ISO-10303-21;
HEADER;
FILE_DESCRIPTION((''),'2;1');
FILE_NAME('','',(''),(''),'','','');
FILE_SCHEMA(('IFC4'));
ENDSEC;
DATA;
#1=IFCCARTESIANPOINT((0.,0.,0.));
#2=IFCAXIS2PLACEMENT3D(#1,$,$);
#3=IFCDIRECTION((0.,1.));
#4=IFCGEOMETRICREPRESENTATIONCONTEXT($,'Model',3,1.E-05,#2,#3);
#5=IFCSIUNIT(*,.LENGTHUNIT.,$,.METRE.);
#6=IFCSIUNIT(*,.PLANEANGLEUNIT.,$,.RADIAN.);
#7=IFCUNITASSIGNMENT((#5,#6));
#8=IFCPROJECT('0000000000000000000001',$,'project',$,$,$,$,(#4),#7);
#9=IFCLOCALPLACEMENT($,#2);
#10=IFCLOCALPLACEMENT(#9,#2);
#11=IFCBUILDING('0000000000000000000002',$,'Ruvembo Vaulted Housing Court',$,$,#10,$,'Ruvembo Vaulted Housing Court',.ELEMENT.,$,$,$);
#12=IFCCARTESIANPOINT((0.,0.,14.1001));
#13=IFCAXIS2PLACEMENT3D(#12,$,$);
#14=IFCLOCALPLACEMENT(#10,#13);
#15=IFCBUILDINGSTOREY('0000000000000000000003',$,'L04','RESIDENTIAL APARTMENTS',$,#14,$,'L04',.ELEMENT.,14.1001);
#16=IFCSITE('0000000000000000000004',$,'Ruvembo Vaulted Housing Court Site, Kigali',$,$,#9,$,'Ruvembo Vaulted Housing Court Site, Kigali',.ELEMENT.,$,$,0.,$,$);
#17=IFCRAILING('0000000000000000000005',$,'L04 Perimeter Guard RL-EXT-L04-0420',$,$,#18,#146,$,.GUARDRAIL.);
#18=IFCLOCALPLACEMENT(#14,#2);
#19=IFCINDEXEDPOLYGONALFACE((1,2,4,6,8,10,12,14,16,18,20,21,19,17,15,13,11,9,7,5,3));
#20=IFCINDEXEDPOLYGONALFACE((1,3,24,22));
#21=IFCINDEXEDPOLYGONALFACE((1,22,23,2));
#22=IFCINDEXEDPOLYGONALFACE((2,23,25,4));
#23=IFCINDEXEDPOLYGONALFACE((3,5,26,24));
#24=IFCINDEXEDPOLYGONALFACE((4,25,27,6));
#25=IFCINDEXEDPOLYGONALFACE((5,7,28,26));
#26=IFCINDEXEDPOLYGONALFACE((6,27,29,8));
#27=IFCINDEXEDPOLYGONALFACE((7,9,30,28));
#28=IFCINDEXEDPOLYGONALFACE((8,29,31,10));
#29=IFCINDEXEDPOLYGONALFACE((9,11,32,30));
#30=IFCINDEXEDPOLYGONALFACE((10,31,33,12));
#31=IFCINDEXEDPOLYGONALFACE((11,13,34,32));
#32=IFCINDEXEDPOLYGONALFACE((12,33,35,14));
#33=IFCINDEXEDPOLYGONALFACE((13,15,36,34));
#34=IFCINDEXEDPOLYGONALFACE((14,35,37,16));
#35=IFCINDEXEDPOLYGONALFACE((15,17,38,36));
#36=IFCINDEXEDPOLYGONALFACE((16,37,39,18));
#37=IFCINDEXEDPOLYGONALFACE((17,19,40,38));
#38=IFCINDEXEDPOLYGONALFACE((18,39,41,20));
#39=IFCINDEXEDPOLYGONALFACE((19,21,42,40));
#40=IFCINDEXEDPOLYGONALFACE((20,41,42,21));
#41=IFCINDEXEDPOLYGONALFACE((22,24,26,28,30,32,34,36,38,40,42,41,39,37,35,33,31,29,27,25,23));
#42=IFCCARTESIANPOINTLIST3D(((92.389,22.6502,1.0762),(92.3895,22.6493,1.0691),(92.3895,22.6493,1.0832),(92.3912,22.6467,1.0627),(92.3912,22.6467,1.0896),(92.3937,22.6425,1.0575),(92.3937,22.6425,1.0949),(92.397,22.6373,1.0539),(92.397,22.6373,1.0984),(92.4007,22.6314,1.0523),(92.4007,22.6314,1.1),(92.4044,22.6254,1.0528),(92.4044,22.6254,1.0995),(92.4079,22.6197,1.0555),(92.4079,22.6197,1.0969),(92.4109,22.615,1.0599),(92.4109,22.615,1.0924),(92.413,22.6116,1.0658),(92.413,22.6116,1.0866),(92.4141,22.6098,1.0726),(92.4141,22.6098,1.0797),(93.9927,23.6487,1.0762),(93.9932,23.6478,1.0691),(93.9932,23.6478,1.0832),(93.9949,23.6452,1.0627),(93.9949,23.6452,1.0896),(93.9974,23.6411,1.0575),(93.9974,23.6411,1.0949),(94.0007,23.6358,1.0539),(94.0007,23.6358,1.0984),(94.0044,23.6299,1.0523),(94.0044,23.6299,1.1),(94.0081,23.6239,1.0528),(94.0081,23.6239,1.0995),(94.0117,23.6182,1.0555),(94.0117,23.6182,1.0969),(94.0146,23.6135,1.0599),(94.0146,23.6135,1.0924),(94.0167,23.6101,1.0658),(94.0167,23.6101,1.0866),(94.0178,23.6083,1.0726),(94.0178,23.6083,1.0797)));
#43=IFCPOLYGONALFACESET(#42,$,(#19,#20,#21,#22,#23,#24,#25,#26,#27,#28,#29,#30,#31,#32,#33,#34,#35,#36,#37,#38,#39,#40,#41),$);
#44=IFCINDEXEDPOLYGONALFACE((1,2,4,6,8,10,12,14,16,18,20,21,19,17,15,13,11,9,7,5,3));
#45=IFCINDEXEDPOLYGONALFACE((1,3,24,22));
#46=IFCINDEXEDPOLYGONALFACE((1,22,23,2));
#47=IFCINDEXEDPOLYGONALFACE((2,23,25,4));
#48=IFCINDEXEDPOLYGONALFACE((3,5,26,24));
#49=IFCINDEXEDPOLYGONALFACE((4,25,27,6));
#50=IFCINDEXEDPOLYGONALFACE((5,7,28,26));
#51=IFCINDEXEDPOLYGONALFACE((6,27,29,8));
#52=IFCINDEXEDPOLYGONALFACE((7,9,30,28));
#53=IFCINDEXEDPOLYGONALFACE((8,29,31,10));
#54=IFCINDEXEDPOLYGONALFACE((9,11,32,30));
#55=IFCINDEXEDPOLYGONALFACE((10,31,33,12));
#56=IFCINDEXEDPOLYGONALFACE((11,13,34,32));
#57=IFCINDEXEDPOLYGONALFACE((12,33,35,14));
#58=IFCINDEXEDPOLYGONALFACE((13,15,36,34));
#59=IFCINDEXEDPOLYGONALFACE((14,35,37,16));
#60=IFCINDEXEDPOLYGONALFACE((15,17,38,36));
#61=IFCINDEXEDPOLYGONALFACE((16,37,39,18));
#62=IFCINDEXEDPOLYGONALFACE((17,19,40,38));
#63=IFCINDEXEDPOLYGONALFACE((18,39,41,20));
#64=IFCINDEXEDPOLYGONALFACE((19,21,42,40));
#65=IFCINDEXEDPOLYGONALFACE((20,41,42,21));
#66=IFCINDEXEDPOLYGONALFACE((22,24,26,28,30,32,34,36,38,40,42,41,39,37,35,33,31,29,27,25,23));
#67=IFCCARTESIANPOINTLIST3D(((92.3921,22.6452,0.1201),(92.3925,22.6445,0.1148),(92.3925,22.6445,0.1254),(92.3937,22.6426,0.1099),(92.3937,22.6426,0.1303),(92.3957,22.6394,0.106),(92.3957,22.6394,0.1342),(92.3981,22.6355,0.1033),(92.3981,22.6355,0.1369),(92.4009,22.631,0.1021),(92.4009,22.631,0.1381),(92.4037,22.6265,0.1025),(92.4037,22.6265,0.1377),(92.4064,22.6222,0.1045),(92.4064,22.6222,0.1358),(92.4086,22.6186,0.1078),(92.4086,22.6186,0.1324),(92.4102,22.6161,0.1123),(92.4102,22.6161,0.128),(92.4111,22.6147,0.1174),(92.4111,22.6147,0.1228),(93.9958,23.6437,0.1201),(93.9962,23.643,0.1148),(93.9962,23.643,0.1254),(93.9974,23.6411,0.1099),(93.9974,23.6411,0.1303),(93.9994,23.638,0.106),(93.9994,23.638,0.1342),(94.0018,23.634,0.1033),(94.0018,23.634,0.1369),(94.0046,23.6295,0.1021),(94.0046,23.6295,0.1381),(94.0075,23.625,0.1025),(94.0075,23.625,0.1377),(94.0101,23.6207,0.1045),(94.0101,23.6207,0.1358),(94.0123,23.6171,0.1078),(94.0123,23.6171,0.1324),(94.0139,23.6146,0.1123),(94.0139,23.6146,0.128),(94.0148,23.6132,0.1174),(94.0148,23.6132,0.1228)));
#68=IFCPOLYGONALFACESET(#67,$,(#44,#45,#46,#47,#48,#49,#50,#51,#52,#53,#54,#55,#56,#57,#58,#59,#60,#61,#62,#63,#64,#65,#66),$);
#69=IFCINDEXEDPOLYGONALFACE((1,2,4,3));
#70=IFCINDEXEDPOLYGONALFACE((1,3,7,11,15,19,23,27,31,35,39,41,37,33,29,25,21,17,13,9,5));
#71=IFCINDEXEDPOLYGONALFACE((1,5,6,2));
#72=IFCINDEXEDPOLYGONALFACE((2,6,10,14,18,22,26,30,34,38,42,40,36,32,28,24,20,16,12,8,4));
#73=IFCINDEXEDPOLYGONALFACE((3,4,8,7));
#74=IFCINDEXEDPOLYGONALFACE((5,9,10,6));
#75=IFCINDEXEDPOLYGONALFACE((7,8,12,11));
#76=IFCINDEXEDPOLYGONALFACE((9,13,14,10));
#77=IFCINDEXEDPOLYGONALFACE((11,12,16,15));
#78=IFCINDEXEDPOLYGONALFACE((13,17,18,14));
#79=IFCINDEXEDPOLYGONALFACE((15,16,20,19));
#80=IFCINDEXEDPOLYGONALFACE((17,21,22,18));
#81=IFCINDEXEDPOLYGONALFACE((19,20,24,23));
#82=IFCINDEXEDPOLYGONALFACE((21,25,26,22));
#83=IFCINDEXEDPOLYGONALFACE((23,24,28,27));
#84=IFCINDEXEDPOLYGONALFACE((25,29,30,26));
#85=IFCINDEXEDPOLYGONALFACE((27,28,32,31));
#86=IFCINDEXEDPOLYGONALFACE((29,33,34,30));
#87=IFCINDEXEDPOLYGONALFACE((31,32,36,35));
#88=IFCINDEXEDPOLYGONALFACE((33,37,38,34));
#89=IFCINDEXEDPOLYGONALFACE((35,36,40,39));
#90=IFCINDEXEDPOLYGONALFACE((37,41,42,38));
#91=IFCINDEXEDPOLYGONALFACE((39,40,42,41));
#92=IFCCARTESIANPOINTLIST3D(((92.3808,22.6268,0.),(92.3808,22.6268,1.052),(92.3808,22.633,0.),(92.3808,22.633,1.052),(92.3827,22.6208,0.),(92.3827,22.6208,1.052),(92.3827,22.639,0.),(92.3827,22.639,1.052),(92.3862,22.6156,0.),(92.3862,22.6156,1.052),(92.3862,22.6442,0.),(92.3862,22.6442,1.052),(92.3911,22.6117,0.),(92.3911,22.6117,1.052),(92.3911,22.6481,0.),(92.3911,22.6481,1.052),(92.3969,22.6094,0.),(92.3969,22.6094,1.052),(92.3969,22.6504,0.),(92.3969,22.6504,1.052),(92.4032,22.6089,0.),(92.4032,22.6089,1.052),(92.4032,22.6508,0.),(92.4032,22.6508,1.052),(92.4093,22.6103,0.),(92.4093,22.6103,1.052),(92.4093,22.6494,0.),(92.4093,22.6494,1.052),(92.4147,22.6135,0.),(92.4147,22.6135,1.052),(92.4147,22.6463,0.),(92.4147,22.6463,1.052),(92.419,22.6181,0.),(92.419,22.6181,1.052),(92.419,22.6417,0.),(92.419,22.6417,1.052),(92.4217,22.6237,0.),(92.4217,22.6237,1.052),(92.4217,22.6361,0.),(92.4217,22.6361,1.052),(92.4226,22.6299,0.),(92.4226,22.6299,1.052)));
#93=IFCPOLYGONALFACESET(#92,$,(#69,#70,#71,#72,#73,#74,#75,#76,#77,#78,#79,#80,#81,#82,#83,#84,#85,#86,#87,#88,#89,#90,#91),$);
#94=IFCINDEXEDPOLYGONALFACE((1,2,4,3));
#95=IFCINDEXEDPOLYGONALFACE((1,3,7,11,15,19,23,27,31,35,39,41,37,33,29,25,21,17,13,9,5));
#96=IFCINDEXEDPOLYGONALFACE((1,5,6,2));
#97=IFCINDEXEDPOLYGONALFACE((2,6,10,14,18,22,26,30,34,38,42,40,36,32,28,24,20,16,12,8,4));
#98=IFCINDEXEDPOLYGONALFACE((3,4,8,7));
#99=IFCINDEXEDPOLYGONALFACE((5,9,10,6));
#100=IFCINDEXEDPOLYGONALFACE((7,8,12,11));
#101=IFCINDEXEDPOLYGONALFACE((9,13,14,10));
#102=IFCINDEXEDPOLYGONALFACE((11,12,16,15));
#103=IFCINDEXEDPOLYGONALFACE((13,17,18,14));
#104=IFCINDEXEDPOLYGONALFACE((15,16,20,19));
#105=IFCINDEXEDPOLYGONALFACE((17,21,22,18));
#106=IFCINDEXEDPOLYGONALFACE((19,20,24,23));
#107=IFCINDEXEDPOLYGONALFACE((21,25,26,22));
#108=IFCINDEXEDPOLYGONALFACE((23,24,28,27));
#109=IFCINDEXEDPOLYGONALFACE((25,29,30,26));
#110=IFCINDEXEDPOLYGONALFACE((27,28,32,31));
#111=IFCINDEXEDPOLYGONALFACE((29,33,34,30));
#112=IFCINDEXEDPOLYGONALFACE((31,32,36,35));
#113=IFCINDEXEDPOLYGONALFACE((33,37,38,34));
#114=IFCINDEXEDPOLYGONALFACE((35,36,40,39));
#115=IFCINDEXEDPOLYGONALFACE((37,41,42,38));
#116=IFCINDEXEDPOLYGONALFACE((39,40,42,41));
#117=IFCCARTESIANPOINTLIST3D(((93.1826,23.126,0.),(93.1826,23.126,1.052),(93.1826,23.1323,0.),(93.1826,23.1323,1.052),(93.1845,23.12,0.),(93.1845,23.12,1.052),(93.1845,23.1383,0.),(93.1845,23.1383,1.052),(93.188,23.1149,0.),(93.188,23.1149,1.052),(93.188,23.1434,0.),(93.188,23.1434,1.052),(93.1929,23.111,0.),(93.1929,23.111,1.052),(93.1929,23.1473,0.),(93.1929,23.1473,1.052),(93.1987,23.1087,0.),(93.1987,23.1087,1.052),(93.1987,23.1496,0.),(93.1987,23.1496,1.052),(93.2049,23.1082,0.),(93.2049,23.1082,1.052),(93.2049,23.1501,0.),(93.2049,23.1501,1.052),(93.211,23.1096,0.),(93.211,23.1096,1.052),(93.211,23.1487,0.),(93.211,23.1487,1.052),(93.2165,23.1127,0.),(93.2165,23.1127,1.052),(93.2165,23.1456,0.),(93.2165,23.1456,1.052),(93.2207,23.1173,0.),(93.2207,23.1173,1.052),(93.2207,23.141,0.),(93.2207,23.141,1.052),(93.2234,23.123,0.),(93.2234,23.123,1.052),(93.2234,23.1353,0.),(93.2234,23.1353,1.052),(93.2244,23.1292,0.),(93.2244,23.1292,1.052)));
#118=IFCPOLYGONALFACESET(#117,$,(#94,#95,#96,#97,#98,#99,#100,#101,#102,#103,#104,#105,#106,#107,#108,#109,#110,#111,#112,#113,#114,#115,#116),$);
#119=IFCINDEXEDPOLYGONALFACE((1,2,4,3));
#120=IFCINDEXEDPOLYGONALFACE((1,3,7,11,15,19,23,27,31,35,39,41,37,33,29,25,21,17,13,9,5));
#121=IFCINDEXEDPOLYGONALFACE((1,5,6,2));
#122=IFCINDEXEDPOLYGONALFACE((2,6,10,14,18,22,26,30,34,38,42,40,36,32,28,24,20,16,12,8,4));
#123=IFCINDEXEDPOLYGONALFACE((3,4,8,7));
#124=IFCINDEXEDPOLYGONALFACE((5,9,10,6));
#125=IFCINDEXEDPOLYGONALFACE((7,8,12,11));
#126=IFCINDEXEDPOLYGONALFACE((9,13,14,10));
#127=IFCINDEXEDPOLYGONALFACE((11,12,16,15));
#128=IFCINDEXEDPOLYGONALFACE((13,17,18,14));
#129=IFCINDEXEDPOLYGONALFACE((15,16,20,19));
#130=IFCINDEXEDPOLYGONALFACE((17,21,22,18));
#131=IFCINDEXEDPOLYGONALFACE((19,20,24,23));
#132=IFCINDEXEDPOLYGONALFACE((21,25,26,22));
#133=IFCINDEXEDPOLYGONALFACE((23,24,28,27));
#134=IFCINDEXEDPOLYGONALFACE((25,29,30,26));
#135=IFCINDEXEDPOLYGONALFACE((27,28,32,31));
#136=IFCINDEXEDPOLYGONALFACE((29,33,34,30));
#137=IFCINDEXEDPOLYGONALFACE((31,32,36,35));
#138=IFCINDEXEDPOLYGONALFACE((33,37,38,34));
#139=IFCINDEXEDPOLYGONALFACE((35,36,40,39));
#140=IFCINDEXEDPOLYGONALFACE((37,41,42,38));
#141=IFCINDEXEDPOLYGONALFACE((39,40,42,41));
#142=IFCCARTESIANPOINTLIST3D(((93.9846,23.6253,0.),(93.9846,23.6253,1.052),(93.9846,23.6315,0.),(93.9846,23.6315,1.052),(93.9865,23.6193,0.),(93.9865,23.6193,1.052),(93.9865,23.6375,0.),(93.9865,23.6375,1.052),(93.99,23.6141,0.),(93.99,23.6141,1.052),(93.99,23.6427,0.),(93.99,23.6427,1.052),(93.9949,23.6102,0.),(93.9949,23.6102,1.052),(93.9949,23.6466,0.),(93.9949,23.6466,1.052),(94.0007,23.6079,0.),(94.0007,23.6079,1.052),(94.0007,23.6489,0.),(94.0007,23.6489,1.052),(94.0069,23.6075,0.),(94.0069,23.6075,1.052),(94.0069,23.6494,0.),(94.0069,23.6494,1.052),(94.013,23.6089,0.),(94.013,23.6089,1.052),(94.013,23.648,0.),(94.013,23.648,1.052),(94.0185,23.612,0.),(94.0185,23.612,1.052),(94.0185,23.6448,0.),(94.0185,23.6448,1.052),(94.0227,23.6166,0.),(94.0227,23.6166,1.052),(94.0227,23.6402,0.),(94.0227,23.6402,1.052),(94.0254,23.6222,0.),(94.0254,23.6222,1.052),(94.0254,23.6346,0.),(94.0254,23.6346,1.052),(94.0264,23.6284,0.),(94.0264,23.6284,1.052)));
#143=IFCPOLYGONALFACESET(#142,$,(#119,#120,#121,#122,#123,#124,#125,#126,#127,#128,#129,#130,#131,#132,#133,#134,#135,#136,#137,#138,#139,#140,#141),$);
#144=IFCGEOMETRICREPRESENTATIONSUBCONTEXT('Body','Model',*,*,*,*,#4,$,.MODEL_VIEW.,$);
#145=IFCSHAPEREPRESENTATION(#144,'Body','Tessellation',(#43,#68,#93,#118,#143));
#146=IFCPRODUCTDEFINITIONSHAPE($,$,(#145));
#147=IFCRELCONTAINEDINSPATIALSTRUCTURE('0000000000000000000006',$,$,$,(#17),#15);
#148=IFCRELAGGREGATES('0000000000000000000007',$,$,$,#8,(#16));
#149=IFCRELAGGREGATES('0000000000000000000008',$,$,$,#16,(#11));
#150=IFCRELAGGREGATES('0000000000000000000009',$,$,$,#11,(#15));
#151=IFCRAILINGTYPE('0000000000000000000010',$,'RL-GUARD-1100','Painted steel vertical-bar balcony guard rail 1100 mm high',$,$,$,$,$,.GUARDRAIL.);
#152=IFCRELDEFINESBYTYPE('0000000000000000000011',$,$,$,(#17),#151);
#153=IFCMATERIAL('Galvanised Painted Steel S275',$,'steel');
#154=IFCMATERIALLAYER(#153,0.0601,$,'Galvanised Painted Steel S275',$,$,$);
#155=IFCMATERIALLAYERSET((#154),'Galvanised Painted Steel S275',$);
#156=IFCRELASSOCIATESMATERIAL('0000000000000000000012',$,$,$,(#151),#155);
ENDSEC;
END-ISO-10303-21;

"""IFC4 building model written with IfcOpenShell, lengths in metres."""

from ifc_helpers import new_model, si_unit, direction, frame, origin, origin_2d, place, context, subcontext, project, spatial, circle, extrude, material, layer, layer_set, type_object, element, save


model = new_model("IFC4")

# Units and contexts
model_context = context("Model", 3, precision=1e-05, world=origin(), true_north=direction((0.0, 1.0)))
body_context = subcontext(model_context, "Body", "Model", "MODEL_VIEW")
ifc_project = project(units=[si_unit("LENGTHUNIT", "METRE"), si_unit("PLANEANGLEUNIT", "RADIAN")], contexts=[model_context])

# Site, building, storey
site_placement = place(None, origin())
site = spatial("IfcSite", under=ifc_project, at=site_placement, Name="Ruvembo Vaulted Housing Court Site, Kigali", LongName="Ruvembo Vaulted Housing Court Site, Kigali", CompositionType="ELEMENT", RefElevation=0.0)
building_placement = place(site_placement, origin())
building = spatial("IfcBuilding", under=site, at=building_placement, Name="Ruvembo Vaulted Housing Court", LongName="Ruvembo Vaulted Housing Court", CompositionType="ELEMENT")
storey_placement = place(building_placement, frame((0.0, 0.0, 14.1001)))
storey = spatial("IfcBuildingStorey", under=building, at=storey_placement, Name="L04", Description="RESIDENTIAL APARTMENTS", LongName="L04", CompositionType="ELEMENT", Elevation=14.1001)

# Railing
ifc_material_1 = material(Name="Galvanised Painted Steel S275", Category="steel")
ifc_layer_1 = layer(ifc_material_1, 0.0601, Name="Galvanised Painted Steel S275")
ifc_layer_set_1 = layer_set([ifc_layer_1], Name="Galvanised Painted Steel S275")
railing_type = type_object("IfcRailingType", Name="RL-GUARD-1100", Description="Painted steel vertical-bar balcony guard rail 1100 mm high", PredefinedType="GUARDRAIL", material=ifc_layer_set_1)
railing_1_placement = place(storey_placement, frame((92.4016, 22.6299, 0.0)))
element("IfcRailing", 1, at=railing_1_placement, inside=storey, type_object=railing_type, Name="L04 Perimeter Guard RL-EXT-L04-0420", PredefinedType="GUARDRAIL", context=body_context, shape_type="SweptSolid", body=[
    extrude(circle(Radius=0.0239, at=origin_2d()), frame((0.0, 0.0, 1.0762), z_axis=(0.848905, 0.528546, 0.0), x_axis=(-0.528546, 0.848905, 0.0)), (0.0, 0.0, 1.0), 1.8892),
    extrude(circle(Radius=0.0181, at=origin_2d()), frame((0.0, 0.0, 0.1201), z_axis=(0.848905, 0.528546, 0.0), x_axis=(-0.528546, 0.848905, 0.0)), (0.0, 0.0, 1.0), 1.8892),
    extrude(circle(Radius=0.021, at=origin_2d()), origin(), (0.0, 0.0, 1.0), 1.052),
    extrude(circle(Radius=0.021, at=origin_2d()), frame((0.8018, 0.4993, 0.0)), (0.0, 0.0, 1.0), 1.052),
    extrude(circle(Radius=0.021, at=origin_2d()), frame((1.6038, 0.9985, 0.0)), (0.0, 0.0, 1.0), 1.052),
])

save(model, "model.ifc")
